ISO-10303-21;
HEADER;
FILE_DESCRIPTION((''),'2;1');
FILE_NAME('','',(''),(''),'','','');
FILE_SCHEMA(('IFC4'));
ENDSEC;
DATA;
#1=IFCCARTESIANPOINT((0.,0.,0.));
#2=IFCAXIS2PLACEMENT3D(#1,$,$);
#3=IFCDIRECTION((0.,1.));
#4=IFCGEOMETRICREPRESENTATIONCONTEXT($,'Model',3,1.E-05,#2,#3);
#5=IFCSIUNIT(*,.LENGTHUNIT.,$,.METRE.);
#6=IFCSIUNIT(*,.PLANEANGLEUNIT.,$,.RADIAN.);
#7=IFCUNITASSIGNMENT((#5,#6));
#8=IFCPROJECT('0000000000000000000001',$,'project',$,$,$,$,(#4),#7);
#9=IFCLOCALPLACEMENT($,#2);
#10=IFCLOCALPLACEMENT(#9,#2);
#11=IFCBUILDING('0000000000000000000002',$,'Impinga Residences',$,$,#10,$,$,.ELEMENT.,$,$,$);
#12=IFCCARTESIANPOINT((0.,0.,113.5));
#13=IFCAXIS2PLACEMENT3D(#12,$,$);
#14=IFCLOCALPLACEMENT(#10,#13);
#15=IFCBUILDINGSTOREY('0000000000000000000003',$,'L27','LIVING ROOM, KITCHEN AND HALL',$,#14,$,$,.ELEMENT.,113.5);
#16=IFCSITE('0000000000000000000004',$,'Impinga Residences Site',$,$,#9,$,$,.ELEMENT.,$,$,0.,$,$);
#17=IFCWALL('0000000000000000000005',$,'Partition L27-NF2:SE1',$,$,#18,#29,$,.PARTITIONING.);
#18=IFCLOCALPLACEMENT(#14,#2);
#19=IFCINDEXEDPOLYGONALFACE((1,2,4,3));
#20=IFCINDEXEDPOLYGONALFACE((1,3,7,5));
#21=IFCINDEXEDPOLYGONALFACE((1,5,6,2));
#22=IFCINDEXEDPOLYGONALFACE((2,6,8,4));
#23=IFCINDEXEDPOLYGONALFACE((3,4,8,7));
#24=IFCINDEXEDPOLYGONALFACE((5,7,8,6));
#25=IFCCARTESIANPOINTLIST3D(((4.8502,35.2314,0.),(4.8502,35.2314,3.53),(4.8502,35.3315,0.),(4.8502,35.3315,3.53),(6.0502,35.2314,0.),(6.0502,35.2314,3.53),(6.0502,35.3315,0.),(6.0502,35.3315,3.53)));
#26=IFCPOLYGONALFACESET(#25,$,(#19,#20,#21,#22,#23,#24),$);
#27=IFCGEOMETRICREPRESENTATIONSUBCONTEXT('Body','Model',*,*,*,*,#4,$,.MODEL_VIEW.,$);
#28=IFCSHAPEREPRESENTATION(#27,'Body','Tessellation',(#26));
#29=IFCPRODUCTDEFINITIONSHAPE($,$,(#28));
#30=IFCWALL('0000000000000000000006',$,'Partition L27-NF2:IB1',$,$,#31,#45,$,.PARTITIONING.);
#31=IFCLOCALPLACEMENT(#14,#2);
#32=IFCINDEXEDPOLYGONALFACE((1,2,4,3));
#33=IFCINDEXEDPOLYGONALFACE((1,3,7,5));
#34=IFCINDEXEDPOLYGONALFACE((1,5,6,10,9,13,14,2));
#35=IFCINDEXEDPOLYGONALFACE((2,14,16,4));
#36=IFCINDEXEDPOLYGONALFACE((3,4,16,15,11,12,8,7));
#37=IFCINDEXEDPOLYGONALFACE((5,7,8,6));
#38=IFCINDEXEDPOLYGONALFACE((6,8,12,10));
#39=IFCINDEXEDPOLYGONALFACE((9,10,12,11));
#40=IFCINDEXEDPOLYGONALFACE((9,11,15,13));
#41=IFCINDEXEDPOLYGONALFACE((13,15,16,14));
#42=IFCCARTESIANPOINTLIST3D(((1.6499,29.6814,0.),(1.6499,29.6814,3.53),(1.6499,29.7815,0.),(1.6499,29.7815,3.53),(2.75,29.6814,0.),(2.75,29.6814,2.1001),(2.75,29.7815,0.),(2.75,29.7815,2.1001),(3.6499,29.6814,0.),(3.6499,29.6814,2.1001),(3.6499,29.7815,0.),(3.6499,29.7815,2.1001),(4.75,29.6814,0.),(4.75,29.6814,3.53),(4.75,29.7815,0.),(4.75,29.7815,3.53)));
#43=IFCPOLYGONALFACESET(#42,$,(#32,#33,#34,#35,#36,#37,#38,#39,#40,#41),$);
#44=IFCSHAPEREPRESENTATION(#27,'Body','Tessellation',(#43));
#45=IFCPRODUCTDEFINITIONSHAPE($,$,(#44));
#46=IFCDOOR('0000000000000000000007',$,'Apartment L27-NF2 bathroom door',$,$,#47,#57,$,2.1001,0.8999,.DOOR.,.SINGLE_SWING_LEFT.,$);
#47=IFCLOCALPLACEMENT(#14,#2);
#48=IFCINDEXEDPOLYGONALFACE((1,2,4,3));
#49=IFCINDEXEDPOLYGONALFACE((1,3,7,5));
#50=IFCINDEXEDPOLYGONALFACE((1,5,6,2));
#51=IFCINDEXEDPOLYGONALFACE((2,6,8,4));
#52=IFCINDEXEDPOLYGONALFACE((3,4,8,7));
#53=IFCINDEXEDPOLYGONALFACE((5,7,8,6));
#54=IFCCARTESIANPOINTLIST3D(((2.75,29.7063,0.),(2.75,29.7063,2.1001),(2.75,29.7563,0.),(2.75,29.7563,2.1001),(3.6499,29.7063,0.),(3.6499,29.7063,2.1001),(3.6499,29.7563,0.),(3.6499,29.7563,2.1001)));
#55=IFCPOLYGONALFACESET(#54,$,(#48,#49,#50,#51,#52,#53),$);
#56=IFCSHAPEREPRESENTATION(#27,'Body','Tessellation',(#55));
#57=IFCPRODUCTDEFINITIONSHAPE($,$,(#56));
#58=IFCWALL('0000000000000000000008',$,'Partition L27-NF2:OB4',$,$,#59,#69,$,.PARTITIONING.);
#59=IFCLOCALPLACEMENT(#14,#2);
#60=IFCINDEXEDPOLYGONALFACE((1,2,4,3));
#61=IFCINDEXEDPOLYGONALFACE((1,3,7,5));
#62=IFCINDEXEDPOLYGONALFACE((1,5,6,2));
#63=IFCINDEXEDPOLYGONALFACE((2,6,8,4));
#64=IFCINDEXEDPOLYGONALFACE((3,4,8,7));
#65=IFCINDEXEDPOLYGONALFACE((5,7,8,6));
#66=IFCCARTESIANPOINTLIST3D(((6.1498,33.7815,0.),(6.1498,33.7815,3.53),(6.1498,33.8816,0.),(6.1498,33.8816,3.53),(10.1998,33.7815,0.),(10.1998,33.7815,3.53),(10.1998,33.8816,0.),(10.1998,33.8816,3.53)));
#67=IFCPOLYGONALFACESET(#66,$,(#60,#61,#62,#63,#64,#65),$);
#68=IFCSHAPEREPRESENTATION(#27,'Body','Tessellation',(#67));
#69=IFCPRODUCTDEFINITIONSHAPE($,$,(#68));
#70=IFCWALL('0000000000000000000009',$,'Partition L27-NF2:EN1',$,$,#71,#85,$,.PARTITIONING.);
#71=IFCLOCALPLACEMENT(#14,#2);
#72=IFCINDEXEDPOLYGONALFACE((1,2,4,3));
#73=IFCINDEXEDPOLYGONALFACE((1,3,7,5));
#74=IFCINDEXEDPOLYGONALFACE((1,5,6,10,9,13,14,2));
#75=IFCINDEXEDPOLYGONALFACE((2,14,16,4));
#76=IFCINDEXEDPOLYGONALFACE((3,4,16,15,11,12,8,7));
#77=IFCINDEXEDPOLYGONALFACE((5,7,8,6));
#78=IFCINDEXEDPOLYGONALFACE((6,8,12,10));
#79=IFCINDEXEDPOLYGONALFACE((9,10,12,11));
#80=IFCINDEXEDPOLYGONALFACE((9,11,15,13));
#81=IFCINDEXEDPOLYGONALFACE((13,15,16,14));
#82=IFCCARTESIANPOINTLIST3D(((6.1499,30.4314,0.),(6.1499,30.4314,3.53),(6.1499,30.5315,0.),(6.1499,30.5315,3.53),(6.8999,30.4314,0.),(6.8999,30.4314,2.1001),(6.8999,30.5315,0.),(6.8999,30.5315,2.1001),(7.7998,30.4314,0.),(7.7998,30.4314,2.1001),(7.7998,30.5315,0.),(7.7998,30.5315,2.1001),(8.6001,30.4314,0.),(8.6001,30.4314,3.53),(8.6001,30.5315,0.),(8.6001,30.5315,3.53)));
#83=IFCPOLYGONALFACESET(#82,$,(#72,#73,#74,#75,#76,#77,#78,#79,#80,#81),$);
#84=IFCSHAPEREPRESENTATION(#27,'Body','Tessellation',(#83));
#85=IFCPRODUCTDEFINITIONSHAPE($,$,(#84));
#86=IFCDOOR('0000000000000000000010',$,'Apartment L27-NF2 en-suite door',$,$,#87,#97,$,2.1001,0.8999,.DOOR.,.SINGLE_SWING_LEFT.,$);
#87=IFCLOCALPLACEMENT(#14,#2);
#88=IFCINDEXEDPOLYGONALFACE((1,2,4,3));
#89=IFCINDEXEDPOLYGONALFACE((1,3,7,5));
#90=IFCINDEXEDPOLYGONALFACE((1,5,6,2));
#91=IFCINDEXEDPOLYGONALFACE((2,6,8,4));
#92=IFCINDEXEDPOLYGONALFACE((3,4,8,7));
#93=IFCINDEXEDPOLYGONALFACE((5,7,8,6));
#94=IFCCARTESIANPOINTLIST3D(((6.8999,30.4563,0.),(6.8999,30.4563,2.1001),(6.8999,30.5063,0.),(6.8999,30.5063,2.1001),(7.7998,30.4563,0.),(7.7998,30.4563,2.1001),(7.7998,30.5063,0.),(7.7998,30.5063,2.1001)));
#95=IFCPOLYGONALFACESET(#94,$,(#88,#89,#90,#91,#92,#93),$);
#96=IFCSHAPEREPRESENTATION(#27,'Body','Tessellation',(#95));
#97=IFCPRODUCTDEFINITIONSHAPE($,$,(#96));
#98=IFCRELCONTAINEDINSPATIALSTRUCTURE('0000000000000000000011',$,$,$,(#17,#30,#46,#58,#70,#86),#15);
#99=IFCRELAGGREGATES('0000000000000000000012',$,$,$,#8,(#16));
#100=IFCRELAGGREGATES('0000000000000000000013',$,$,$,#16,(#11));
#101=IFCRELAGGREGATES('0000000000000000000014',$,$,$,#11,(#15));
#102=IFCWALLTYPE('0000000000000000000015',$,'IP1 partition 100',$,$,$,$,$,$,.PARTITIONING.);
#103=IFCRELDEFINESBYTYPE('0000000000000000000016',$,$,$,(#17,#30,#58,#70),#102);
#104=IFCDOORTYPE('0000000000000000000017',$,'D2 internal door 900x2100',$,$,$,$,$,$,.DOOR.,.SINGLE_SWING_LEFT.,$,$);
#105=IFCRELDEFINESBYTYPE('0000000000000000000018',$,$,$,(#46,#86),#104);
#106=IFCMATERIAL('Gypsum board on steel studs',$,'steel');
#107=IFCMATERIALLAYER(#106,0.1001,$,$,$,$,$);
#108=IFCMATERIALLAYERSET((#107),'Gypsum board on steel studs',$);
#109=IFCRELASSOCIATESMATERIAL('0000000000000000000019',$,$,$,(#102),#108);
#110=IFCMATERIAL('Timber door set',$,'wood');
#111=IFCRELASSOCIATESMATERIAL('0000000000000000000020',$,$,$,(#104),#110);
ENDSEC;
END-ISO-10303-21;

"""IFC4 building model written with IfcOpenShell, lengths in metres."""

from ifc_helpers import new_model, si_unit, direction, frame, frame_2d, origin, place, context, subcontext, project, spatial, rectangle, extrude, material, layer, layer_set, type_object, element, fill, save


model = new_model("IFC4")

# Units and contexts
model_context = context("Model", 3, precision=1e-05, world=origin(), true_north=direction((0.0, 1.0)))
body_context = subcontext(model_context, "Body", "Model", "MODEL_VIEW")
ifc_project = project(units=[si_unit("LENGTHUNIT", "METRE"), si_unit("PLANEANGLEUNIT", "RADIAN")], contexts=[model_context])

# Site, building, storey
site_placement = place(None, origin())
site = spatial("IfcSite", under=ifc_project, at=site_placement, Name="Impinga Residences Site", CompositionType="ELEMENT", RefElevation=0.0)
building_placement = place(site_placement, origin())
building = spatial("IfcBuilding", under=site, at=building_placement, Name="Impinga Residences", CompositionType="ELEMENT")
storey_placement = place(building_placement, frame((0.0, 0.0, 113.5)))
storey = spatial("IfcBuildingStorey", under=building, at=storey_placement, Name="L27", Description="LIVING ROOM, KITCHEN AND HALL", CompositionType="ELEMENT", Elevation=113.5)

# Wall
ifc_material_1 = material(Name="Gypsum board on steel studs", Category="steel")
ifc_layer_1 = layer(ifc_material_1, 0.1001)
ifc_layer_set_1 = layer_set([ifc_layer_1], Name="Gypsum board on steel studs")
wall_type_1 = type_object("IfcWallType", Name="IP1 partition 100", PredefinedType="PARTITIONING", material=ifc_layer_set_1)
wall_1_placement = place(storey_placement, frame((4.8501, 35.2815, 0.0), z_axis=(0.0, 0.0, 1.0), x_axis=(1.0, 0.0, 0.0)))
element("IfcWall", 1, at=wall_1_placement, inside=storey, type_object=wall_type_1, Name="Partition L27-NF2:SE1", PredefinedType="PARTITIONING", context=body_context, shape_type="SweptSolid", body=[
    extrude(rectangle(XDim=1.2, YDim=0.1001, at=frame_2d((0.6001, 0.0))), origin(), (0.0, 0.0, 1.0), 3.53),
])

# Wall, opening, door
wall_2_placement = place(storey_placement, frame((1.6499, 29.7314, 0.0), z_axis=(0.0, 0.0, 1.0), x_axis=(1.0, 0.0, 0.0)))
wall_2 = element("IfcWall", 2, at=wall_2_placement, inside=storey, type_object=wall_type_1, Name="Partition L27-NF2:IB1", PredefinedType="PARTITIONING", context=body_context, shape_type="SweptSolid", body=[
    extrude(rectangle(XDim=3.1001, YDim=0.1001, at=frame_2d((1.55, 0.0))), origin(), (0.0, 0.0, 1.0), 3.53),
])
opening_1_placement = place(wall_2_placement, frame((1.1001, 0.0, 0.0)))
opening_1 = element("IfcOpeningElement", 3, at=opening_1_placement, cuts=wall_2, PredefinedType="OPENING", context=body_context, shape_type="SweptSolid", body=[
    extrude(rectangle(XDim=0.8999, YDim=2.1001, at=frame_2d((0.45, 1.05))), frame((0.0, 0.0601, 0.0), z_axis=(0.0, -1.0, 0.0), x_axis=(1.0, 0.0, 0.0)), (0.0, 0.0, 1.0), 0.1201),
])
ifc_material_2 = material(Name="Timber door set", Category="wood")
door_type = type_object("IfcDoorType", Name="D2 internal door 900x2100", OperationType="SINGLE_SWING_LEFT", PredefinedType="DOOR", material=ifc_material_2)
door_1_placement = place(opening_1_placement, origin())
door_1 = element("IfcDoor", 4, at=door_1_placement, inside=storey, type_object=door_type, Name="Apartment L27-NF2 bathroom door", OperationType="SINGLE_SWING_LEFT", OverallHeight=2.1001, OverallWidth=0.8999, PredefinedType="DOOR", context=body_context, shape_type="SweptSolid", body=[
    extrude(rectangle(XDim=0.8999, YDim=2.1001, at=frame_2d((0.45, 1.05))), frame((0.0, 0.0249, 0.0), z_axis=(0.0, -1.0, 0.0), x_axis=(1.0, 0.0, 0.0)), (0.0, 0.0, 1.0), 0.05),
])
fill(opening_1, door_1)

# Wall
wall_3_placement = place(storey_placement, frame((6.1499, 33.8315, 0.0), z_axis=(0.0, 0.0, 1.0), x_axis=(1.0, 0.0, 0.0)))
element("IfcWall", 5, at=wall_3_placement, inside=storey, type_object=wall_type_1, Name="Partition L27-NF2:OB4", PredefinedType="PARTITIONING", context=body_context, shape_type="SweptSolid", body=[
    extrude(rectangle(XDim=4.05, YDim=0.1001, at=frame_2d((2.0249, 0.0))), origin(), (0.0, 0.0, 1.0), 3.53),
])

# Wall, opening, door
wall_4_placement = place(storey_placement, frame((6.1499, 30.4814, 0.0), z_axis=(0.0, 0.0, 1.0), x_axis=(1.0, 0.0, 0.0)))
wall_4 = element("IfcWall", 6, at=wall_4_placement, inside=storey, type_object=wall_type_1, Name="Partition L27-NF2:EN1", PredefinedType="PARTITIONING", context=body_context, shape_type="SweptSolid", body=[
    extrude(rectangle(XDim=2.4502, YDim=0.1001, at=frame_2d((1.2251, 0.0))), origin(), (0.0, 0.0, 1.0), 3.53),
])
opening_2_placement = place(wall_4_placement, frame((0.75, 0.0, 0.0)))
opening_2 = element("IfcOpeningElement", 7, at=opening_2_placement, cuts=wall_4, PredefinedType="OPENING", context=body_context, shape_type="SweptSolid", body=[
    extrude(rectangle(XDim=0.8999, YDim=2.1001, at=frame_2d((0.45, 1.05))), frame((0.0, 0.0601, 0.0), z_axis=(0.0, -1.0, 0.0), x_axis=(1.0, 0.0, 0.0)), (0.0, 0.0, 1.0), 0.1201),
])
door_2_placement = place(opening_2_placement, origin())
door_2 = element("IfcDoor", 8, at=door_2_placement, inside=storey, type_object=door_type, Name="Apartment L27-NF2 en-suite door", OperationType="SINGLE_SWING_LEFT", OverallHeight=2.1001, OverallWidth=0.8999, PredefinedType="DOOR", context=body_context, shape_type="SweptSolid", body=[
    extrude(rectangle(XDim=0.8999, YDim=2.1001, at=frame_2d((0.45, 1.05))), frame((0.0, 0.0249, 0.0), z_axis=(0.0, -1.0, 0.0), x_axis=(1.0, 0.0, 0.0)), (0.0, 0.0, 1.0), 0.05),
])
fill(opening_2, door_2)

save(model, "model.ifc")
